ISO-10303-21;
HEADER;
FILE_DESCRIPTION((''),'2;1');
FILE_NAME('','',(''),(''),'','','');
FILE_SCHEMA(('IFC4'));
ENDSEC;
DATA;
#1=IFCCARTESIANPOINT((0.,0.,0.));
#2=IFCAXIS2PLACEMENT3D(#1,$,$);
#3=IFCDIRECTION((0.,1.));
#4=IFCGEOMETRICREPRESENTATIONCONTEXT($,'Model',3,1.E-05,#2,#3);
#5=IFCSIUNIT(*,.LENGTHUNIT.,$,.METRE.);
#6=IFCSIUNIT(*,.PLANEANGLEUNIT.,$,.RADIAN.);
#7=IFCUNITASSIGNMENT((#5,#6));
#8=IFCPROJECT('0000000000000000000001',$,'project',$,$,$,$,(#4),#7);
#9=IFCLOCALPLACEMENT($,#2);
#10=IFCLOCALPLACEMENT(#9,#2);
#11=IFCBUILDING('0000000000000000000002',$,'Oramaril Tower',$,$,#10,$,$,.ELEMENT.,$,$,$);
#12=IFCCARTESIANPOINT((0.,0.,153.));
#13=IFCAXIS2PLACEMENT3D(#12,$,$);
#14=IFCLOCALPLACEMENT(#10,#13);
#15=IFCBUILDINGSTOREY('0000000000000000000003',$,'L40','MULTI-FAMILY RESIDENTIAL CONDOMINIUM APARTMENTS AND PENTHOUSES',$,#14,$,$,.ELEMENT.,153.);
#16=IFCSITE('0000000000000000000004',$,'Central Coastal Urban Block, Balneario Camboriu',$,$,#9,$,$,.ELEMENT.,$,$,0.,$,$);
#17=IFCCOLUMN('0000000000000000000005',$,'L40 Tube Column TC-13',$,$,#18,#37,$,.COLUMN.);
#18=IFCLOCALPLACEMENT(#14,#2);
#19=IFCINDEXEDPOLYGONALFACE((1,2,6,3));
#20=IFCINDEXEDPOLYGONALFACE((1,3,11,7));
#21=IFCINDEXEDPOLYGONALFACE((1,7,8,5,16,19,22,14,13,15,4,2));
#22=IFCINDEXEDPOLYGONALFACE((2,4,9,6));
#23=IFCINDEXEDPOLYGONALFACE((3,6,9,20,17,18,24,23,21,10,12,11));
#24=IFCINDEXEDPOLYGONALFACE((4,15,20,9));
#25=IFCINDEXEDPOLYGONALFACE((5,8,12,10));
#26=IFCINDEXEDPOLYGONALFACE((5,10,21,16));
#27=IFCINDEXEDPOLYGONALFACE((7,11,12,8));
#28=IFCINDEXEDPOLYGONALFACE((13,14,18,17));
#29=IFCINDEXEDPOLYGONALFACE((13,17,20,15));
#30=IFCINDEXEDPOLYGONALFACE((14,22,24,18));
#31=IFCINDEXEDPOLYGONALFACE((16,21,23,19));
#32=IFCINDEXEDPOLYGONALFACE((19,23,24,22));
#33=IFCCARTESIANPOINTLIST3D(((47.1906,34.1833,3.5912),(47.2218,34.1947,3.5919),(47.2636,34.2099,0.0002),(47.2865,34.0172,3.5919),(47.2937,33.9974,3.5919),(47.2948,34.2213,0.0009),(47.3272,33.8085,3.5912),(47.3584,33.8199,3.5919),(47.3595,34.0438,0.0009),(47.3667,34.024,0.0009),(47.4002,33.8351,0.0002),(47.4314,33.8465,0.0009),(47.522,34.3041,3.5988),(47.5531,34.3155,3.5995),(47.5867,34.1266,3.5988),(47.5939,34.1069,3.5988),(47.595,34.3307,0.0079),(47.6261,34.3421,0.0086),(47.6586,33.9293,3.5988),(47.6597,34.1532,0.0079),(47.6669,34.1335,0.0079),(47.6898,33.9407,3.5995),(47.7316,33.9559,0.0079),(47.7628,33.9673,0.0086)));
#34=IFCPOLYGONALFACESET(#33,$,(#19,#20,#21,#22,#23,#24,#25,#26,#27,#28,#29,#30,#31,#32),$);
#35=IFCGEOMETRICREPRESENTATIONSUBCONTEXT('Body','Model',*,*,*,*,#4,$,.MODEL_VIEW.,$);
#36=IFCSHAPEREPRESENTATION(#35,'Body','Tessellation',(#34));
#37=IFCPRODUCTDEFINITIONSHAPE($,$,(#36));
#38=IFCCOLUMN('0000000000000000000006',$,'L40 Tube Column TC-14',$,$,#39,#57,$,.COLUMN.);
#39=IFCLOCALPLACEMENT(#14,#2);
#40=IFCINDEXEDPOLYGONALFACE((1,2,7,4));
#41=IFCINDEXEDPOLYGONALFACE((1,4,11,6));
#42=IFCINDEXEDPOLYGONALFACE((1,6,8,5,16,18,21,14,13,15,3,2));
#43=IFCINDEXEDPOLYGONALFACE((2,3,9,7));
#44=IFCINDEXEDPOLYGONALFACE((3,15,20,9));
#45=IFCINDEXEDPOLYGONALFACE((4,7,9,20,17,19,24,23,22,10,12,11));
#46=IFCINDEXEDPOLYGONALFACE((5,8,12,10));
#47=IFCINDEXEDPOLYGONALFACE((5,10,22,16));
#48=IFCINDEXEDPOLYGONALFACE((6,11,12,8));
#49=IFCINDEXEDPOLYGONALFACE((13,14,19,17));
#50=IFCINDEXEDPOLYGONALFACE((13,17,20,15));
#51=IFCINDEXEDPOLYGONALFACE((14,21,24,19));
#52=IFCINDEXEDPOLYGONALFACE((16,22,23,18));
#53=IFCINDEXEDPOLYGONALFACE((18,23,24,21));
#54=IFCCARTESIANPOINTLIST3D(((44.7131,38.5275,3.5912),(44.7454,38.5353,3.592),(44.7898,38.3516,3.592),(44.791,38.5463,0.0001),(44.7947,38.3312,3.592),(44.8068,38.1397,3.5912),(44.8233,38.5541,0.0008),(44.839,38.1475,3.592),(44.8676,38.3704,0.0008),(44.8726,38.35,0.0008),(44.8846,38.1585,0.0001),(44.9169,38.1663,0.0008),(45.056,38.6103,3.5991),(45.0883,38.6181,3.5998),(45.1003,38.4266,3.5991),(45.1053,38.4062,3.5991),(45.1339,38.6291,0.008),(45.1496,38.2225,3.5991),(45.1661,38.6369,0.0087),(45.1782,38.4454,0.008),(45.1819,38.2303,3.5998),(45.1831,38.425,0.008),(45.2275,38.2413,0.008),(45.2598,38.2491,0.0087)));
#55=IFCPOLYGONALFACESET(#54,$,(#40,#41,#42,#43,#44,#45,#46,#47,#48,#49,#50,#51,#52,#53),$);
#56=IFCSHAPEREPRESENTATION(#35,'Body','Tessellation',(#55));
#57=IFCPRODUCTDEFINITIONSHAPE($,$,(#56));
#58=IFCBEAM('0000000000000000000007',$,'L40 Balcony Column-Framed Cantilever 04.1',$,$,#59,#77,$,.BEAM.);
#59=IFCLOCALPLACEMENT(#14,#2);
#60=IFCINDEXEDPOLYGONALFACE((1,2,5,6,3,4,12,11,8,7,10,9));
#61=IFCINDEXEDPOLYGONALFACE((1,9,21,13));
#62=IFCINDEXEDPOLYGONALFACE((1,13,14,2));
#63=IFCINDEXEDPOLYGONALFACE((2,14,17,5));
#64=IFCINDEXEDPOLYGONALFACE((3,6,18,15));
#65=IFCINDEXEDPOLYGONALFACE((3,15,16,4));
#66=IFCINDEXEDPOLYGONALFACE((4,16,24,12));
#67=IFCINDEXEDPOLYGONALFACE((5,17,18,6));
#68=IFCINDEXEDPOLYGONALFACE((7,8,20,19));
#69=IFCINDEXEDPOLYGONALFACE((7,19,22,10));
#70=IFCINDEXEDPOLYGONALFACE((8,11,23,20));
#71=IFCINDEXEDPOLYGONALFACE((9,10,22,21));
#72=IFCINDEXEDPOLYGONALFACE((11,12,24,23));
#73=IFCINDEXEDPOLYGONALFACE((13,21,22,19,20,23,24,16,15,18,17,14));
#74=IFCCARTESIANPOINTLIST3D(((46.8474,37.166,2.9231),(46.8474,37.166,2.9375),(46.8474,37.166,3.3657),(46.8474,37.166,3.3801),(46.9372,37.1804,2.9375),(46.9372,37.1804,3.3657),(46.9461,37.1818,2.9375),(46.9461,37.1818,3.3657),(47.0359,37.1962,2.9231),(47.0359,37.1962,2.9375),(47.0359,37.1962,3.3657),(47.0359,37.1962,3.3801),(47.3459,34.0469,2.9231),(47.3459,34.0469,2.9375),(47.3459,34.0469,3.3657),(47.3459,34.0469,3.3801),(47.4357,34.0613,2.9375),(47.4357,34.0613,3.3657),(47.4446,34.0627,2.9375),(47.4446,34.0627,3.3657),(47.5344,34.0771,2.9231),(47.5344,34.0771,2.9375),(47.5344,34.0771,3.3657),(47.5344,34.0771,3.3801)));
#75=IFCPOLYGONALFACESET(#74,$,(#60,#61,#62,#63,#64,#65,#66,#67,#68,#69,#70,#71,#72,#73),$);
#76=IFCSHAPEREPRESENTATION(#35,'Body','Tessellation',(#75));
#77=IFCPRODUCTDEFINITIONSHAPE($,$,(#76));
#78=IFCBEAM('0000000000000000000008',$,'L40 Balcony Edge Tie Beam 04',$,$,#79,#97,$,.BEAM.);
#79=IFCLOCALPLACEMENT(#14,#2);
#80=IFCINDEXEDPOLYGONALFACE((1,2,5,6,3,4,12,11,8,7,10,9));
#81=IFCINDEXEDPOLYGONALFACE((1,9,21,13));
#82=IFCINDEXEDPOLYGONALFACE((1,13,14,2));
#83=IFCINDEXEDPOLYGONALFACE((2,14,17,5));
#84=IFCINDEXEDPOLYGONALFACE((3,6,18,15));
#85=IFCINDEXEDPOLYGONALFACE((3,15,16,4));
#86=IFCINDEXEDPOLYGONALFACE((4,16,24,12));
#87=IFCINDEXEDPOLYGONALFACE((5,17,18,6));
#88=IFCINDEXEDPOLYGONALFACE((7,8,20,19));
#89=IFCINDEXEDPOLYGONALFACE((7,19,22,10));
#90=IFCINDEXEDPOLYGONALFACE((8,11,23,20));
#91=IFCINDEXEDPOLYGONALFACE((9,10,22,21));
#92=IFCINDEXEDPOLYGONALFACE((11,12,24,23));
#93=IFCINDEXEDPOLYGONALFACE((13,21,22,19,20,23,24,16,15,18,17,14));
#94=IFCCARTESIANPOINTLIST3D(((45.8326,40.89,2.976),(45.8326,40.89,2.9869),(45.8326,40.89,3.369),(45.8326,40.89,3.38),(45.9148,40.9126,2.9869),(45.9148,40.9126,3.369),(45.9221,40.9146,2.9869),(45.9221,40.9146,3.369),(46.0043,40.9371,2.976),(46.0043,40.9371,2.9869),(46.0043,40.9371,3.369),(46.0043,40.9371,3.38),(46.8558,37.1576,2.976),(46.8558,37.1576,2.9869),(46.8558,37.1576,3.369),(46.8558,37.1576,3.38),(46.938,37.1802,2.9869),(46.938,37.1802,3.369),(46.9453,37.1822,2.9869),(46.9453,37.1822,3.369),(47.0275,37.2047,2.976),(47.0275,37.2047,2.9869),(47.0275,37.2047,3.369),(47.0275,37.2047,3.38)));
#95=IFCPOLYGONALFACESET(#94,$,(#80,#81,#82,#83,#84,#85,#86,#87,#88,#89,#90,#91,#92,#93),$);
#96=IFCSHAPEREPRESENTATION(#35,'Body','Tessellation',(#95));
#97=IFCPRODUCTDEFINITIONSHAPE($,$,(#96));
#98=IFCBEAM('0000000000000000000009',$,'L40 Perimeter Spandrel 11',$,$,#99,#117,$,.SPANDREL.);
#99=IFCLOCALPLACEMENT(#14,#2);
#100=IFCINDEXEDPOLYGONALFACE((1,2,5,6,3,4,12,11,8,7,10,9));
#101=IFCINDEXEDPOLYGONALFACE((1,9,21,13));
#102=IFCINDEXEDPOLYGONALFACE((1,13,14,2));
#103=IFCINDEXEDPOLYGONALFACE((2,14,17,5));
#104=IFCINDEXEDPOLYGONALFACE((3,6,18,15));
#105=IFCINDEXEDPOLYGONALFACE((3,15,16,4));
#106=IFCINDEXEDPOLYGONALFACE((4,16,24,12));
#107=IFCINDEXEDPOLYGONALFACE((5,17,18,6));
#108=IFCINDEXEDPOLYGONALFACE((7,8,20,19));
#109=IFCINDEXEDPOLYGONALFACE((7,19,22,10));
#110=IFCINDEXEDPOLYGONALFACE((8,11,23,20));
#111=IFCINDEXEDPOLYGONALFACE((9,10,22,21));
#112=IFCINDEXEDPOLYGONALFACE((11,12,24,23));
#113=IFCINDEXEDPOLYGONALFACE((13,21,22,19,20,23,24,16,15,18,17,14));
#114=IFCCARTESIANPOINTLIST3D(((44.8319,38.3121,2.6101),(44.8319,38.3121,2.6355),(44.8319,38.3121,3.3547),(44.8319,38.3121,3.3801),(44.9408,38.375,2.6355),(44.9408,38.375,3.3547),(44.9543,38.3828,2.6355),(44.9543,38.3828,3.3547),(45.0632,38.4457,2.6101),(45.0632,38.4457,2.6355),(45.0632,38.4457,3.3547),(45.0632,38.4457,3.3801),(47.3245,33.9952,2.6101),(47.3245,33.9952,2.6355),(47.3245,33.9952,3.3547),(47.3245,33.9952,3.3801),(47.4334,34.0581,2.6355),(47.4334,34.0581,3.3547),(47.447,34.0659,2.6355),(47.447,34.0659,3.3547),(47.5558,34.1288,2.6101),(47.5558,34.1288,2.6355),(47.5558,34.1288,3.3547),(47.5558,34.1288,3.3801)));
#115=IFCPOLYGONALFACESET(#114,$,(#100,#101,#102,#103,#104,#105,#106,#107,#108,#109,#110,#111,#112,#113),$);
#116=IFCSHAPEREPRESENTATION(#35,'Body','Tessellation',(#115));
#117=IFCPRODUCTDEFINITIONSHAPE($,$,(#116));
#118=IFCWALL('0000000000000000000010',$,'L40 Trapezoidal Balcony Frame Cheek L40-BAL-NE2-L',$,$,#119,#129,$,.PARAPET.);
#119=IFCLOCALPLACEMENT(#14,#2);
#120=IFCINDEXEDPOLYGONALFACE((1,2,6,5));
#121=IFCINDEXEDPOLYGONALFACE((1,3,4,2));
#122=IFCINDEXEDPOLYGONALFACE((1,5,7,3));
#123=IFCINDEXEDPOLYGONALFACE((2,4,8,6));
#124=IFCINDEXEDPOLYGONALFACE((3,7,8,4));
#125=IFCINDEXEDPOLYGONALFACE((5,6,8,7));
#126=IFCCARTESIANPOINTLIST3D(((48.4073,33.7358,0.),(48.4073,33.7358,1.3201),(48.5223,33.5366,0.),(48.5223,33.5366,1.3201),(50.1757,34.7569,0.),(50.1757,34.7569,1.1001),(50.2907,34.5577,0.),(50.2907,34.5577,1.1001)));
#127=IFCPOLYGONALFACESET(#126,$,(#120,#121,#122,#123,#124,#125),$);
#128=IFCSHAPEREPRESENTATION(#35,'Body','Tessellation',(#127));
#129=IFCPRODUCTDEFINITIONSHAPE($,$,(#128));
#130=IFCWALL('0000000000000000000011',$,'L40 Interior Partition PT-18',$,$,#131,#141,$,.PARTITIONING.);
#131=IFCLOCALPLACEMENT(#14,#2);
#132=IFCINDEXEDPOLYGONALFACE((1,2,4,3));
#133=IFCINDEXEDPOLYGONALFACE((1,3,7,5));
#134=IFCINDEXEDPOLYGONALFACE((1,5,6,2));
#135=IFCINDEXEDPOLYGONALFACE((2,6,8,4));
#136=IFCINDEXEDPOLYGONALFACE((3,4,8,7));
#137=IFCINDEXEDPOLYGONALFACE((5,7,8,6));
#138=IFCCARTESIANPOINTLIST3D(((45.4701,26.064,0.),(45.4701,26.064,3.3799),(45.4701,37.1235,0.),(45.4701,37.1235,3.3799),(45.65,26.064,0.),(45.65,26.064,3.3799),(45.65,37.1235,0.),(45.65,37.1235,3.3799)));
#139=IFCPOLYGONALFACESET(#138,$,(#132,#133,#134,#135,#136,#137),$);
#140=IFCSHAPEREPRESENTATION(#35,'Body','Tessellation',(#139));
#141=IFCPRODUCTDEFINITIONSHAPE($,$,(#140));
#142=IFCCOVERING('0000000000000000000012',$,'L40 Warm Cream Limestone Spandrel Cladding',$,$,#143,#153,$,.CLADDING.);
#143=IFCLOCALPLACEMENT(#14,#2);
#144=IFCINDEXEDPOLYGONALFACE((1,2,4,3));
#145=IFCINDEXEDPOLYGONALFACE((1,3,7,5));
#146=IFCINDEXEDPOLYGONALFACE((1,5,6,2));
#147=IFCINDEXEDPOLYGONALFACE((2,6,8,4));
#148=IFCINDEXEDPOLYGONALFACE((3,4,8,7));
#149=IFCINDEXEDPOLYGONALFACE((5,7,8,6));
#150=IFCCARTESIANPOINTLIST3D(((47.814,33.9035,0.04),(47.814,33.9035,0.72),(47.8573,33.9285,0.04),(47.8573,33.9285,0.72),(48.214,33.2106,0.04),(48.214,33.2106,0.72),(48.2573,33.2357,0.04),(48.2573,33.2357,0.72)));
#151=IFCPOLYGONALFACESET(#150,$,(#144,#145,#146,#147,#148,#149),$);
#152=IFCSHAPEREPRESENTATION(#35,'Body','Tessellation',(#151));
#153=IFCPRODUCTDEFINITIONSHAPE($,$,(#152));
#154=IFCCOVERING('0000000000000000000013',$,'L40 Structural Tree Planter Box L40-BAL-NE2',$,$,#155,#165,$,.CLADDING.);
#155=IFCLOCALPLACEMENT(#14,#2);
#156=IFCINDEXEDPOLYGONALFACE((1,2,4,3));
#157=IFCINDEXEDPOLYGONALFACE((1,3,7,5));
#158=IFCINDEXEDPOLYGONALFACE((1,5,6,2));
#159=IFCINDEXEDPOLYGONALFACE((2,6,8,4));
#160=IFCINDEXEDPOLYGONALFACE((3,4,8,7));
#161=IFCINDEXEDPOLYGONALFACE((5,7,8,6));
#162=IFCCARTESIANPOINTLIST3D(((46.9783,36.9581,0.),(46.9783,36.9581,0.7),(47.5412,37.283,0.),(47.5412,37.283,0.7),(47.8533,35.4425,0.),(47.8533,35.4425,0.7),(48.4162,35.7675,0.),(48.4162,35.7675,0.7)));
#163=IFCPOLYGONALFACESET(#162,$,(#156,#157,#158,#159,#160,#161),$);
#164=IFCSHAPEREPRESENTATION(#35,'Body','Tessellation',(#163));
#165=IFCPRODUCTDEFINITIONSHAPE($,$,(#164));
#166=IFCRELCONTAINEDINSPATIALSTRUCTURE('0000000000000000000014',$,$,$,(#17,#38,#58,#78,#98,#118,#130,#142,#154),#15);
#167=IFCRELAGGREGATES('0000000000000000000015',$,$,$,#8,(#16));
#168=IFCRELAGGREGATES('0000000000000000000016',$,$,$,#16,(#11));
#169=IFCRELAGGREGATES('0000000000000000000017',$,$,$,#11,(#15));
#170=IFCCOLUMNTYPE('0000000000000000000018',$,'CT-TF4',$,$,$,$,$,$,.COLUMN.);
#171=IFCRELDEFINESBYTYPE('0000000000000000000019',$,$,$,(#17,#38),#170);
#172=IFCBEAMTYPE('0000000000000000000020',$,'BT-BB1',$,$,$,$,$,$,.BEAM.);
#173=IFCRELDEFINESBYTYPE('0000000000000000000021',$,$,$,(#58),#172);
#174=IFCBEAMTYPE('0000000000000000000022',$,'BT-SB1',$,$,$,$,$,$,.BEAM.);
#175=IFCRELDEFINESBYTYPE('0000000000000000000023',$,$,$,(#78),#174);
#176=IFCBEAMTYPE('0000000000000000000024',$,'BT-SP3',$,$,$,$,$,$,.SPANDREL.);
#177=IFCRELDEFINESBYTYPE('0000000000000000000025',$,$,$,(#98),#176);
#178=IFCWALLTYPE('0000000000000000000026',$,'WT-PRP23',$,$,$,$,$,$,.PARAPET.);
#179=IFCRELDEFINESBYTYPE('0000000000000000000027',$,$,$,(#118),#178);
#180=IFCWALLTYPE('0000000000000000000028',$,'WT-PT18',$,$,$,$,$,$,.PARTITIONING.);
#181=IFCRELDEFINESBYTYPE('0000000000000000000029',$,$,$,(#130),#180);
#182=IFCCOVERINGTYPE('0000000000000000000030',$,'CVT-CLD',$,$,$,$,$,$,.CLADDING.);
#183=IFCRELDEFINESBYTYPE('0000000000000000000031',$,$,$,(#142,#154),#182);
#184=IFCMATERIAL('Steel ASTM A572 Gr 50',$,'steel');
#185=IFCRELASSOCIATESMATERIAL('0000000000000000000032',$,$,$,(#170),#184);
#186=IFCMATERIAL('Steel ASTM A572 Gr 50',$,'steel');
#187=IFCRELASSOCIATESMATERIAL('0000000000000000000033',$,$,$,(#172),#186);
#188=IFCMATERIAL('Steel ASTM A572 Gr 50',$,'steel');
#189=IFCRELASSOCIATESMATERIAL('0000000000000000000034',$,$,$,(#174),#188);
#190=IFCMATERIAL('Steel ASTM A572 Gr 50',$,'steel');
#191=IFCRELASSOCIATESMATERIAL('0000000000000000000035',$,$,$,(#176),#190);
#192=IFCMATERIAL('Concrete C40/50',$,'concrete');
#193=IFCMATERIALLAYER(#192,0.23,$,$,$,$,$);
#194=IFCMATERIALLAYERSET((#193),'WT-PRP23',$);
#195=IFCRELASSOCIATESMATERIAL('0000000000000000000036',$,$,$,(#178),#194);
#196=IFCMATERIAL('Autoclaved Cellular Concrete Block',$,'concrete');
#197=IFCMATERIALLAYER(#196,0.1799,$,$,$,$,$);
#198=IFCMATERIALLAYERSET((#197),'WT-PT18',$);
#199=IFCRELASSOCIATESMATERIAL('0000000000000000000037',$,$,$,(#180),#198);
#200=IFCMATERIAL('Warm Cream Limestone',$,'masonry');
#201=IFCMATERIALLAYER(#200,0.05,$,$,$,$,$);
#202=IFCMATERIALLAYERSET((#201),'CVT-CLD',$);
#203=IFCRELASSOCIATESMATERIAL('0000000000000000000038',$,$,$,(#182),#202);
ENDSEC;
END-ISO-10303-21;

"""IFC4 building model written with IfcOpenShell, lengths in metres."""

from ifc_helpers import new_model, si_unit, direction, frame, frame_2d, origin, origin_2d, place, context, subcontext, project, spatial, polyline, rectangle, i_section, outline, extrude, material, layer, layer_set, material_profile, profile_set, type_object, element, save


model = new_model("IFC4")

# Units and contexts
model_context = context("Model", 3, precision=1e-05, world=origin(), true_north=direction((0.0, 1.0)))
body_context = subcontext(model_context, "Body", "Model", "MODEL_VIEW")
ifc_project = project(units=[si_unit("LENGTHUNIT", "METRE"), si_unit("PLANEANGLEUNIT", "RADIAN")], contexts=[model_context])

# Site, building, storey
site_placement = place(None, origin())
site = spatial("IfcSite", under=ifc_project, at=site_placement, Name="Central Coastal Urban Block, Balneario Camboriu", CompositionType="ELEMENT", RefElevation=0.0)
building_placement = place(site_placement, origin())
building = spatial("IfcBuilding", under=site, at=building_placement, Name="Oramaril Tower", CompositionType="ELEMENT")
storey_placement = place(building_placement, frame((0.0, 0.0, 153.0)))
storey = spatial("IfcBuildingStorey", under=building, at=storey_placement, Name="L40", Description="MULTI-FAMILY RESIDENTIAL CONDOMINIUM APARTMENTS AND PENTHOUSES", CompositionType="ELEMENT", Elevation=153.0)

# Columns
ifc_material_1 = material(Name="Steel ASTM A572 Gr 50", Category="steel")
ifc_material_profile_1 = material_profile(ifc_material_1, i_section(OverallWidth=0.3989, OverallDepth=0.386, WebThickness=0.021, FlangeThickness=0.0332, at=origin_2d()), Name="W14X176")
ifc_profile_set_1 = profile_set([ifc_material_profile_1], Name="Steel ASTM A572 Gr 50")
column_type = type_object("IfcColumnType", Name="CT-TF4", PredefinedType="COLUMN", material=ifc_profile_set_1)
column_1_placement = place(storey_placement, frame((47.5132, 34.0886, 0.0044), z_axis=(-0.020323, -0.007409, 0.999766), x_axis=(0.3425, -0.939518, 0.0)))
element("IfcColumn", 1, at=column_1_placement, inside=storey, type_object=column_type, Name="L40 Tube Column TC-13", PredefinedType="COLUMN", context=body_context, shape_type="SweptSolid", body=[
    extrude(i_section(OverallWidth=0.3989, OverallDepth=0.386, WebThickness=0.021, FlangeThickness=0.0332, at=origin_2d()), origin(), (0.0, 0.0, 1.0), 3.5918),
])
column_2_placement = place(storey_placement, frame((45.0254, 38.3977, 0.0044), z_axis=(-0.021682, -0.005234, 0.999751), x_axis=(0.234641, -0.972082, 0.0)))
element("IfcColumn", 2, at=column_2_placement, inside=storey, type_object=column_type, Name="L40 Tube Column TC-14", PredefinedType="COLUMN", context=body_context, shape_type="SweptSolid", body=[
    extrude(i_section(OverallWidth=0.3989, OverallDepth=0.386, WebThickness=0.021, FlangeThickness=0.0332, at=origin_2d()), origin(), (0.0, 0.0, 1.0), 3.592),
])

# Beams
ifc_material_2 = material(Name="Steel ASTM A572 Gr 50", Category="steel")
ifc_material_profile_2 = material_profile(ifc_material_2, i_section(OverallWidth=0.1909, OverallDepth=0.457, WebThickness=0.009, FlangeThickness=0.0144, at=origin_2d()), Name="W18X50")
ifc_profile_set_2 = profile_set([ifc_material_profile_2], Name="Steel ASTM A572 Gr 50")
beam_type_1 = type_object("IfcBeamType", Name="BT-BB1", PredefinedType="BEAM", material=ifc_profile_set_2)
beam_1_placement = place(storey_placement, frame((47.4402, 34.062, 3.1516), z_axis=(-0.157828, 0.987467, 0.0), x_axis=(-0.987467, -0.157828, 0.0)))
element("IfcBeam", 3, at=beam_1_placement, inside=storey, type_object=beam_type_1, Name="L40 Balcony Column-Framed Cantilever 04.1", PredefinedType="BEAM", context=body_context, shape_type="SweptSolid", body=[
    extrude(i_section(OverallWidth=0.1909, OverallDepth=0.457, WebThickness=0.009, FlangeThickness=0.0144, at=origin_2d()), origin(), (0.0, 0.0, 1.0), 3.1587),
])
ifc_material_3 = material(Name="Steel ASTM A572 Gr 50", Category="steel")
ifc_material_profile_3 = material_profile(ifc_material_3, i_section(OverallWidth=0.178, OverallDepth=0.4041, WebThickness=0.0076, FlangeThickness=0.011, at=origin_2d()), Name="W16X36")
ifc_profile_set_3 = profile_set([ifc_material_profile_3], Name="Steel ASTM A572 Gr 50")
beam_type_2 = type_object("IfcBeamType", Name="BT-SB1", PredefinedType="BEAM", material=ifc_profile_set_3)
beam_2_placement = place(storey_placement, frame((46.9417, 37.1812, 3.178), z_axis=(-0.264382, 0.964418, 0.0), x_axis=(-0.964418, -0.264382, 0.0)))
element("IfcBeam", 4, at=beam_2_placement, inside=storey, type_object=beam_type_2, Name="L40 Balcony Edge Tie Beam 04", PredefinedType="BEAM", context=body_context, shape_type="SweptSolid", body=[
    extrude(i_section(OverallWidth=0.178, OverallDepth=0.4041, WebThickness=0.0076, FlangeThickness=0.011, at=origin_2d()), origin(), (0.0, 0.0, 1.0), 3.8701),
])
ifc_material_4 = material(Name="Steel ASTM A572 Gr 50", Category="steel")
ifc_material_profile_4 = material_profile(ifc_material_4, i_section(OverallWidth=0.2671, OverallDepth=0.77, WebThickness=0.0156, FlangeThickness=0.0254, at=origin_2d()), Name="W30X132")
ifc_profile_set_4 = profile_set([ifc_material_profile_4], Name="Steel ASTM A572 Gr 50")
beam_type_3 = type_object("IfcBeamType", Name="BT-SP3", PredefinedType="SPANDREL", material=ifc_profile_set_4)
beam_3_placement = place(storey_placement, frame((47.4402, 34.062, 2.9951), z_axis=(-0.500047, 0.865998, 0.0), x_axis=(-0.865998, -0.500047, 0.0)))
element("IfcBeam", 5, at=beam_3_placement, inside=storey, type_object=beam_type_3, Name="L40 Perimeter Spandrel 11", PredefinedType="SPANDREL", context=body_context, shape_type="SweptSolid", body=[
    extrude(i_section(OverallWidth=0.2671, OverallDepth=0.77, WebThickness=0.0156, FlangeThickness=0.0254, at=origin_2d()), origin(), (0.0, 0.0, 1.0), 4.9849),
])

# Walls
ifc_material_5 = material(Name="Concrete C40/50", Category="concrete")
ifc_layer_1 = layer(ifc_material_5, 0.23)
ifc_layer_set_1 = layer_set([ifc_layer_1], Name="WT-PRP23")
wall_type_1 = type_object("IfcWallType", Name="WT-PRP23", PredefinedType="PARAPET", material=ifc_layer_set_1)
wall_1_placement = place(storey_placement, frame((48.4648, 33.6362, 0.0), z_axis=(0.0, 0.0, 1.0), x_axis=(0.866012, 0.500023, 0.0)))
element("IfcWall", 6, at=wall_1_placement, inside=storey, type_object=wall_type_1, Name="L40 Trapezoidal Balcony Frame Cheek L40-BAL-NE2-L", PredefinedType="PARAPET", context=body_context, shape_type="SweptSolid", body=[
    extrude(outline(polyline([(0.0, 0.0), (2.042, 0.0), (2.042, 1.1001), (0.0, 1.3201), (0.0, 0.0)])), frame((0.0, 0.115, 0.0), z_axis=(0.0, -1.0, 0.0), x_axis=(1.0, 0.0, 0.0)), (0.0, 0.0, 1.0), 0.23),
])
ifc_material_6 = material(Name="Autoclaved Cellular Concrete Block", Category="concrete")
ifc_layer_2 = layer(ifc_material_6, 0.1799)
ifc_layer_set_2 = layer_set([ifc_layer_2], Name="WT-PT18")
wall_type_2 = type_object("IfcWallType", Name="WT-PT18", PredefinedType="PARTITIONING", material=ifc_layer_set_2)
wall_2_placement = place(storey_placement, frame((45.5601, 26.064, 0.0), z_axis=(0.0, 0.0, 1.0), x_axis=(0.0, 1.0, 0.0)))
element("IfcWall", 7, at=wall_2_placement, inside=storey, type_object=wall_type_2, Name="L40 Interior Partition PT-18", PredefinedType="PARTITIONING", context=body_context, shape_type="SweptSolid", body=[
    extrude(rectangle(XDim=11.0596, YDim=0.1799, at=frame_2d((5.5298, 0.0))), origin(), (0.0, 0.0, 1.0), 3.3799),
])

# Coverings
ifc_material_7 = material(Name="Warm Cream Limestone", Category="masonry")
ifc_layer_3 = layer(ifc_material_7, 0.05)
ifc_layer_set_3 = layer_set([ifc_layer_3], Name="CVT-CLD")
covering_type = type_object("IfcCoveringType", Name="CVT-CLD", PredefinedType="CLADDING", material=ifc_layer_set_3)
covering_1_placement = place(storey_placement, frame((48.0356, 33.5696, 0.04), z_axis=(0.0, 0.0, 1.0), x_axis=(-0.5, 0.866025, 0.0)))
element("IfcCovering", 8, at=covering_1_placement, inside=storey, type_object=covering_type, Name="L40 Warm Cream Limestone Spandrel Cladding", PredefinedType="CLADDING", context=body_context, shape_type="SweptSolid", body=[
    extrude(rectangle(XDim=0.8, YDim=0.05, at=origin_2d()), origin(), (0.0, 0.0, 1.0), 0.6799),
])
covering_2_placement = place(storey_placement, frame((47.6973, 36.3628, 0.0), z_axis=(0.0, 0.0, 1.0), x_axis=(-0.5, 0.866025, 0.0)))
element("IfcCovering", 9, at=covering_2_placement, inside=storey, type_object=covering_type, Name="L40 Structural Tree Planter Box L40-BAL-NE2", PredefinedType="CLADDING", context=body_context, shape_type="SweptSolid", body=[
    extrude(rectangle(XDim=1.75, YDim=0.6499, at=origin_2d()), origin(), (0.0, 0.0, 1.0), 0.7),
])

save(model, "model.ifc")
